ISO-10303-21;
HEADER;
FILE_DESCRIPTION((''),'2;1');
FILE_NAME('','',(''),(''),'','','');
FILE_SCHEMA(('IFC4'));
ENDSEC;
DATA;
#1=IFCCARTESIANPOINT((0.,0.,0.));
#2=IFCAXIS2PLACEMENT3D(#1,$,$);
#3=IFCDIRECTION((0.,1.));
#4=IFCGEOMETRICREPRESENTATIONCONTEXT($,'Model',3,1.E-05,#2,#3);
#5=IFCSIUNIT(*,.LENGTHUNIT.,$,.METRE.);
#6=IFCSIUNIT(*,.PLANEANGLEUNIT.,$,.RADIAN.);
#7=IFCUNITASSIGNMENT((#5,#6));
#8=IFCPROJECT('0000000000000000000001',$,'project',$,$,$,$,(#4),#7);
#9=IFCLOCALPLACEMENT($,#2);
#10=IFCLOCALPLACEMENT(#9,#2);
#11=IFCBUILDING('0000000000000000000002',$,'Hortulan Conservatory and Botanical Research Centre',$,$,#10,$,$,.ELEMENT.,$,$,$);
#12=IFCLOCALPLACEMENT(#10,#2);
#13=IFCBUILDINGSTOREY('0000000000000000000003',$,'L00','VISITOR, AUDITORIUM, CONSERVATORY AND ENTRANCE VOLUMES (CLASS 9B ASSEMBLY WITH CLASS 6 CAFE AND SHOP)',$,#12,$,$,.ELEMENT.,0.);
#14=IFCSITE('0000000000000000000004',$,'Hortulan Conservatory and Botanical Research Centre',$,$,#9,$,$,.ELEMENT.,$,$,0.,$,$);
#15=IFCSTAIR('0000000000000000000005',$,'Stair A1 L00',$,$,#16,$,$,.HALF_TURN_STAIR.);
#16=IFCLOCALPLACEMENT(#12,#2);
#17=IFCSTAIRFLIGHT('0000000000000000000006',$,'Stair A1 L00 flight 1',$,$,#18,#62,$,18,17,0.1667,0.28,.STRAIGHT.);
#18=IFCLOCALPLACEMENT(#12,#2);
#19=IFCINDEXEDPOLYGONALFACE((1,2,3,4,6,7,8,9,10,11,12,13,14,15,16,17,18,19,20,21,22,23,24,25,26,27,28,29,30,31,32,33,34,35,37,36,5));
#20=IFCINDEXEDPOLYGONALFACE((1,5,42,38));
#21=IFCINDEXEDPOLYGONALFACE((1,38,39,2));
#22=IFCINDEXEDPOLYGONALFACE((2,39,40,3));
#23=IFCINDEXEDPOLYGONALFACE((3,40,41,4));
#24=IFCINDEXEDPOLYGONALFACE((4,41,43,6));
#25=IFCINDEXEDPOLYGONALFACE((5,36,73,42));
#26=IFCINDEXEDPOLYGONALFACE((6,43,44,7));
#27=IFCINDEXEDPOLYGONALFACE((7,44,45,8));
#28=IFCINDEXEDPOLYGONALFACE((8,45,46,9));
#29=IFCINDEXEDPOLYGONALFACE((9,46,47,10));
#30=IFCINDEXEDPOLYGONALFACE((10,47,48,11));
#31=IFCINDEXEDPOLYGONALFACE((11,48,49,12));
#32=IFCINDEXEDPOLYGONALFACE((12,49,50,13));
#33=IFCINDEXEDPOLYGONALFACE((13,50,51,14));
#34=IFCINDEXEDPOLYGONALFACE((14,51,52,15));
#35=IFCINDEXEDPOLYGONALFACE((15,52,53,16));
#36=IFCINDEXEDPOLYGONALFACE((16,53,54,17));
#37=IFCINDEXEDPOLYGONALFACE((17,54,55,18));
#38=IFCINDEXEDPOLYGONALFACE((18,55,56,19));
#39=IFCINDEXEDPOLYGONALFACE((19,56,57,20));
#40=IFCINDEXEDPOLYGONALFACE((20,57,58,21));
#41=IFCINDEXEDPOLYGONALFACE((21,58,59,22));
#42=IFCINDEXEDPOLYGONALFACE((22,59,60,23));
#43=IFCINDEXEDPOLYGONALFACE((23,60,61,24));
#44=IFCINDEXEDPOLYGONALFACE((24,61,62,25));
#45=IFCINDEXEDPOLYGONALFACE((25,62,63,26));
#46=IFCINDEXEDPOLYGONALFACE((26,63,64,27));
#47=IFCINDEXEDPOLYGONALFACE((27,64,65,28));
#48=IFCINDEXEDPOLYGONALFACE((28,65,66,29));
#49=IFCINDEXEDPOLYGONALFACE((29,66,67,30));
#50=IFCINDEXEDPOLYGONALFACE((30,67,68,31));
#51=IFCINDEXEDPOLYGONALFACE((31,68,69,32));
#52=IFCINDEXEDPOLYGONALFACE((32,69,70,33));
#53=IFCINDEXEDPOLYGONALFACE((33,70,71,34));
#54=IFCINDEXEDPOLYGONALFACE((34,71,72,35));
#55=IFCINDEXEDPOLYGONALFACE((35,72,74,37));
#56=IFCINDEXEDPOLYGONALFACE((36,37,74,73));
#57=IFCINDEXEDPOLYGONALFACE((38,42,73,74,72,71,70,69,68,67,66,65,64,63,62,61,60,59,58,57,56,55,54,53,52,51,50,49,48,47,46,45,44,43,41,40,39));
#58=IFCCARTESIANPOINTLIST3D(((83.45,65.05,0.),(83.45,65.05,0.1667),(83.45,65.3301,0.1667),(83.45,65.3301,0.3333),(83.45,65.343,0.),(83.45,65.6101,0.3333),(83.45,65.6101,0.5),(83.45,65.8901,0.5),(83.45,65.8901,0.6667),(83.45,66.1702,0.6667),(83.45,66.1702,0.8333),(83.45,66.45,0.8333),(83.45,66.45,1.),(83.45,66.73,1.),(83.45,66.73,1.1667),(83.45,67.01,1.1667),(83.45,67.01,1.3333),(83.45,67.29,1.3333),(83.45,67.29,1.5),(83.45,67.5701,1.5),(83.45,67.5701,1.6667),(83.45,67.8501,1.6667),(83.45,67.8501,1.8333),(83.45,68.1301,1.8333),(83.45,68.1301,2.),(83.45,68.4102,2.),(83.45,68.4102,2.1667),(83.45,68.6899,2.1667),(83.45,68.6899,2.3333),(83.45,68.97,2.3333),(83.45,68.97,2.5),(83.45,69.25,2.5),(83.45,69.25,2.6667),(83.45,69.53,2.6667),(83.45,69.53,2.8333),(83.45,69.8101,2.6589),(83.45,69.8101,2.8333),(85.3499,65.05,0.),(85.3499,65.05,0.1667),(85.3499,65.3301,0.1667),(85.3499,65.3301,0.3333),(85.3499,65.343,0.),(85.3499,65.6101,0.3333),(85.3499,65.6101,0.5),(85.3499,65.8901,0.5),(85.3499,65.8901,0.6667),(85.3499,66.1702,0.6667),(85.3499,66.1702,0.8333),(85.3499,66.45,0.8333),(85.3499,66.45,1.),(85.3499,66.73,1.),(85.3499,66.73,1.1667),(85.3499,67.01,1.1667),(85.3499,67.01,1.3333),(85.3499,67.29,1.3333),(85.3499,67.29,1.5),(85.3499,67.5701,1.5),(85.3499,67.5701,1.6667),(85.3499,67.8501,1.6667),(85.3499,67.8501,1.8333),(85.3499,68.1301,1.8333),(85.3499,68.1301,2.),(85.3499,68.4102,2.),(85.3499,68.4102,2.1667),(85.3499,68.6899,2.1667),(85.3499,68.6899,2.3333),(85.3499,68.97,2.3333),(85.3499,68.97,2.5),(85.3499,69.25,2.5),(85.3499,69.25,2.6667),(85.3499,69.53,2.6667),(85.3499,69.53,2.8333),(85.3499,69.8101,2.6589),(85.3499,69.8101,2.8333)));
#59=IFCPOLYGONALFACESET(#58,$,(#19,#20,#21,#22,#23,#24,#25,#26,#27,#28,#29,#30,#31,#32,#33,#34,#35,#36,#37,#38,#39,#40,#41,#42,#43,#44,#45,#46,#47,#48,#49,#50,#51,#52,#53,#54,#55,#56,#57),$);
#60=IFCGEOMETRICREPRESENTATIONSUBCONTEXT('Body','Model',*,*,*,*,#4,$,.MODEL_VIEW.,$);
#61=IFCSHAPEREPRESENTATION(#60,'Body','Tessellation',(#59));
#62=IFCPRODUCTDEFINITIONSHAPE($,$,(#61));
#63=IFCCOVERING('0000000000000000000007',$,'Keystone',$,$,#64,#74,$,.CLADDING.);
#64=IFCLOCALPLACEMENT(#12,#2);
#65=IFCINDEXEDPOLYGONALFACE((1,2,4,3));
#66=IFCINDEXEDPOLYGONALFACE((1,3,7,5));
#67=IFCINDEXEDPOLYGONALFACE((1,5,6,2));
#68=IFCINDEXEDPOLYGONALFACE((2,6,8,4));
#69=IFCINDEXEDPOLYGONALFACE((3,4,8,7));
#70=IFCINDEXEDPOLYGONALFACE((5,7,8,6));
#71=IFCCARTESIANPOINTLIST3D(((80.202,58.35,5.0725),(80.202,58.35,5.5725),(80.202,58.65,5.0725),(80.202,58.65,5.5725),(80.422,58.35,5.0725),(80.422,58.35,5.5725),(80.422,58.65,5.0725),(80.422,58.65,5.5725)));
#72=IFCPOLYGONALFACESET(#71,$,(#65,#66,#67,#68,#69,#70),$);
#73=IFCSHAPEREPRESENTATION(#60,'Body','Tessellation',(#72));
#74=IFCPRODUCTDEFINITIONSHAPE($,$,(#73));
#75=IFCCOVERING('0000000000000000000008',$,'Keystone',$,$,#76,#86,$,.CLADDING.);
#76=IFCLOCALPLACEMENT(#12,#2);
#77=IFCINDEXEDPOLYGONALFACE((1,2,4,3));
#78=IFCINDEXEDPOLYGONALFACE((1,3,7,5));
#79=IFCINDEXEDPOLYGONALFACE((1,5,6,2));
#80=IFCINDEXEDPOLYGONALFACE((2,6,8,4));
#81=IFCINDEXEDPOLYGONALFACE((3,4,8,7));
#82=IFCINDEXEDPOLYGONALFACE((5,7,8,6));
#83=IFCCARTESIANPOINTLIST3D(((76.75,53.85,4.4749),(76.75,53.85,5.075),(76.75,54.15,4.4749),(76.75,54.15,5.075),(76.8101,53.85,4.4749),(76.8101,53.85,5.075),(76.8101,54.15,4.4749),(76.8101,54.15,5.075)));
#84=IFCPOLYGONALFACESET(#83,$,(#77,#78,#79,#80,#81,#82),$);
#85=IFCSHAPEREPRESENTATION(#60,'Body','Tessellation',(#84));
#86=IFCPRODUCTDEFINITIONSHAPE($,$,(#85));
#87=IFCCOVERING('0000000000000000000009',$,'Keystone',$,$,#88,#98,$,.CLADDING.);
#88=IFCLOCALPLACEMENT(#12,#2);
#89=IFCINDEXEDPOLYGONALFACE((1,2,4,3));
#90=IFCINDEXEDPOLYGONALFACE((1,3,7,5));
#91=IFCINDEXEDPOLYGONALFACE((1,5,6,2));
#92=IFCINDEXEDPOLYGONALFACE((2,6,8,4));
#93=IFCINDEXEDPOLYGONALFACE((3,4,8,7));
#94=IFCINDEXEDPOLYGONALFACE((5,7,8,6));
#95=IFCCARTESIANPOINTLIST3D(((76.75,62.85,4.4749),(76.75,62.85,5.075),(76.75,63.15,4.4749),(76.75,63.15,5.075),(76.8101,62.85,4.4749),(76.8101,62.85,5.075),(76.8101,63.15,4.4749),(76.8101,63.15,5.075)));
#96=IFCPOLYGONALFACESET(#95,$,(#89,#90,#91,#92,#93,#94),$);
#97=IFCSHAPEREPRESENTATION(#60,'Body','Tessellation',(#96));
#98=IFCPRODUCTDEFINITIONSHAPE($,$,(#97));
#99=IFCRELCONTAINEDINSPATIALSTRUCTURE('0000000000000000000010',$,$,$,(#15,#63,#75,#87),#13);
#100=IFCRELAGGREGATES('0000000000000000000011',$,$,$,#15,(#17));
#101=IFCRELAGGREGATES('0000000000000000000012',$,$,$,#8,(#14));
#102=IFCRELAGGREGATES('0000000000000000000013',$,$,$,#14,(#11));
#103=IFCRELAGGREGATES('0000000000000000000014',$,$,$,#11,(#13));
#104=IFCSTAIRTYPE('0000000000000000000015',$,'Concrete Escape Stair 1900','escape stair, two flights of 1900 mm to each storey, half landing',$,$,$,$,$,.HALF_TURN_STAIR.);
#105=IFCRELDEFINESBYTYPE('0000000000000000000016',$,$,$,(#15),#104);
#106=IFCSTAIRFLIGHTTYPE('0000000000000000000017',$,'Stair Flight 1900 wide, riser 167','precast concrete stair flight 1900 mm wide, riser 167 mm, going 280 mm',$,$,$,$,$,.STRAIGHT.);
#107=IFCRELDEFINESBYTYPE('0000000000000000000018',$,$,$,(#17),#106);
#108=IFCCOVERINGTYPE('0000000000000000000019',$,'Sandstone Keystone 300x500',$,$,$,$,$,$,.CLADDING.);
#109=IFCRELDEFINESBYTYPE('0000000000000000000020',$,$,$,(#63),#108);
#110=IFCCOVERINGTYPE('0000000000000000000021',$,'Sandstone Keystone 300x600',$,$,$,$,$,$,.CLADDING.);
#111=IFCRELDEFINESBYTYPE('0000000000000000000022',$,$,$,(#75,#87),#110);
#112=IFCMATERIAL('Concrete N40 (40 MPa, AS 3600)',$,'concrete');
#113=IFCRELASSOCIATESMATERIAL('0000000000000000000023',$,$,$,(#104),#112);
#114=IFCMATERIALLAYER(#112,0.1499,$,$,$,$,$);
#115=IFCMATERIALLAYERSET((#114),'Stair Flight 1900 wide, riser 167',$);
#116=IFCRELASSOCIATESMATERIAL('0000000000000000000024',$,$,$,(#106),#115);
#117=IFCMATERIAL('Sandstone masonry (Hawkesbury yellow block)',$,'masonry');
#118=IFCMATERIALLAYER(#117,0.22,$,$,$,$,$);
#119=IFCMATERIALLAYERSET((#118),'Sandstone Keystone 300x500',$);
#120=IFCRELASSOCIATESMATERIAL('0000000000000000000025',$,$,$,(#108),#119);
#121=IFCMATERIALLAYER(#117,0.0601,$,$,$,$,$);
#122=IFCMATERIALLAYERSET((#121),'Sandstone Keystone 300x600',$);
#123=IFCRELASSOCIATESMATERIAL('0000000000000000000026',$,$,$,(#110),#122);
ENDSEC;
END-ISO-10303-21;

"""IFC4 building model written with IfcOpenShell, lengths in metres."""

from ifc_helpers import new_model, si_unit, direction, frame, origin, origin_2d, place, context, subcontext, project, spatial, polyline, rectangle, outline, extrude, material, layer, layer_set, type_object, element, aggregate, save


model = new_model("IFC4")

# Units and contexts
model_context = context("Model", 3, precision=1e-05, world=origin(), true_north=direction((0.0, 1.0)))
body_context = subcontext(model_context, "Body", "Model", "MODEL_VIEW")
ifc_project = project(units=[si_unit("LENGTHUNIT", "METRE"), si_unit("PLANEANGLEUNIT", "RADIAN")], contexts=[model_context])

# Site, building, storey
site_placement = place(None, origin())
site = spatial("IfcSite", under=ifc_project, at=site_placement, Name="Hortulan Conservatory and Botanical Research Centre", CompositionType="ELEMENT", RefElevation=0.0)
building_placement = place(site_placement, origin())
building = spatial("IfcBuilding", under=site, at=building_placement, Name="Hortulan Conservatory and Botanical Research Centre", CompositionType="ELEMENT")
storey_placement = place(building_placement, origin())
storey = spatial("IfcBuildingStorey", under=building, at=storey_placement, Name="L00", Description="VISITOR, AUDITORIUM, CONSERVATORY AND ENTRANCE VOLUMES (CLASS 9B ASSEMBLY WITH CLASS 6 CAFE AND SHOP)", CompositionType="ELEMENT", Elevation=0.0)

# Shared definitions
ifc_material_1 = material(Name="Concrete N40 (40 MPa, AS 3600)", Category="concrete")

# Shared definitions
ifc_material_2 = material(Name="Sandstone masonry (Hawkesbury yellow block)", Category="masonry")

# Stair, stair flight
stair_type = type_object("IfcStairType", Name="Concrete Escape Stair 1900", Description="escape stair, two flights of 1900 mm to each storey, half landing", PredefinedType="HALF_TURN_STAIR", material=ifc_material_1)
stair_placement = place(storey_placement, origin())
stair = element("IfcStair", 1, at=stair_placement, inside=storey, type_object=stair_type, Name="Stair A1 L00", PredefinedType="HALF_TURN_STAIR")
ifc_layer_1 = layer(ifc_material_1, 0.1499)
ifc_layer_set_1 = layer_set([ifc_layer_1], Name="Stair Flight 1900 wide, riser 167")
stair_flight_type = type_object("IfcStairFlightType", Name="Stair Flight 1900 wide, riser 167", Description="precast concrete stair flight 1900 mm wide, riser 167 mm, going 280 mm", PredefinedType="STRAIGHT", material=ifc_layer_set_1)
stair_flight_placement = place(storey_placement, frame((84.3999, 65.05, 0.0), z_axis=(0.0, 0.0, 1.0), x_axis=(0.0, 1.0, 0.0)))
stair_flight = element("IfcStairFlight", 2, at=stair_flight_placement, type_object=stair_flight_type, Name="Stair A1 L00 flight 1", NumberOfRisers=18, NumberOfTreads=17, PredefinedType="STRAIGHT", RiserHeight=0.1667, TreadLength=0.28, context=body_context, shape_type="SweptSolid", body=[
    extrude(outline(polyline([(0.0, 0.0), (0.0, 0.1667), (0.28, 0.1667), (0.28, 0.3333), (0.5601, 0.3333), (0.5601, 0.5), (0.8401, 0.5), (0.8401, 0.6667), (1.1201, 0.6667), (1.1201, 0.8333), (1.3999, 0.8333), (1.3999, 1.0), (1.6799, 1.0), (1.6799, 1.1667), (1.96, 1.1667), (1.96, 1.3333), (2.24, 1.3333), (2.24, 1.5), (2.52, 1.5), (2.52, 1.6667), (2.8, 1.6667), (2.8, 1.8333), (3.0801, 1.8333), (3.0801, 2.0), (3.3601, 2.0), (3.3601, 2.1667), (3.6399, 2.1667), (3.6399, 2.3333), (3.9199, 2.3333), (3.9199, 2.5), (4.2, 2.5), (4.2, 2.6667), (4.48, 2.6667), (4.48, 2.8333), (4.76, 2.8333), (4.76, 3.0), (4.76, 2.6589), (0.293, 0.0), (0.0, 0.0)])), frame((0.0, 0.95, 0.0), z_axis=(0.0, -1.0, 0.0), x_axis=(1.0, 0.0, 0.0)), (0.0, 0.0, 1.0), 1.8999),
])
aggregate(stair, [stair_flight])

# Coverings
ifc_layer_2 = layer(ifc_material_2, 0.22)
ifc_layer_set_2 = layer_set([ifc_layer_2], Name="Sandstone Keystone 300x500")
covering_type_1 = type_object("IfcCoveringType", Name="Sandstone Keystone 300x500", PredefinedType="CLADDING", material=ifc_layer_set_2)
covering_1_placement = place(storey_placement, frame((80.312, 58.5, 5.0725), z_axis=(0.0, 0.0, 1.0), x_axis=(0.0, 1.0, 0.0)))
element("IfcCovering", 3, at=covering_1_placement, inside=storey, type_object=covering_type_1, Name="Keystone", PredefinedType="CLADDING", context=body_context, shape_type="SweptSolid", body=[
    extrude(rectangle(XDim=0.3, YDim=0.22, at=origin_2d()), origin(), (0.0, 0.0, 1.0), 0.5),
])
ifc_layer_3 = layer(ifc_material_2, 0.0601)
ifc_layer_set_3 = layer_set([ifc_layer_3], Name="Sandstone Keystone 300x600")
covering_type_2 = type_object("IfcCoveringType", Name="Sandstone Keystone 300x600", PredefinedType="CLADDING", material=ifc_layer_set_3)
for number, where, z_axis, x_axis, name in (
    (4, (76.78, 54.0, 4.4749), (0.0, 0.0, 1.0), (0.0, 1.0, 0.0), "Keystone"),
    (5, (76.78, 63.0, 4.4749), (0.0, 0.0, 1.0), (0.0, 1.0, 0.0), "Keystone"),
):
    element("IfcCovering", number, at=place(storey_placement, frame(where, z_axis=z_axis, x_axis=x_axis)), inside=storey, type_object=covering_type_2, Name=name, PredefinedType="CLADDING", context=body_context, shape_type="SweptSolid", body=[
        extrude(rectangle(XDim=0.3, YDim=0.0601, at=origin_2d()), origin(), (0.0, 0.0, 1.0), 0.6001),
    ])

save(model, "model.ifc")
